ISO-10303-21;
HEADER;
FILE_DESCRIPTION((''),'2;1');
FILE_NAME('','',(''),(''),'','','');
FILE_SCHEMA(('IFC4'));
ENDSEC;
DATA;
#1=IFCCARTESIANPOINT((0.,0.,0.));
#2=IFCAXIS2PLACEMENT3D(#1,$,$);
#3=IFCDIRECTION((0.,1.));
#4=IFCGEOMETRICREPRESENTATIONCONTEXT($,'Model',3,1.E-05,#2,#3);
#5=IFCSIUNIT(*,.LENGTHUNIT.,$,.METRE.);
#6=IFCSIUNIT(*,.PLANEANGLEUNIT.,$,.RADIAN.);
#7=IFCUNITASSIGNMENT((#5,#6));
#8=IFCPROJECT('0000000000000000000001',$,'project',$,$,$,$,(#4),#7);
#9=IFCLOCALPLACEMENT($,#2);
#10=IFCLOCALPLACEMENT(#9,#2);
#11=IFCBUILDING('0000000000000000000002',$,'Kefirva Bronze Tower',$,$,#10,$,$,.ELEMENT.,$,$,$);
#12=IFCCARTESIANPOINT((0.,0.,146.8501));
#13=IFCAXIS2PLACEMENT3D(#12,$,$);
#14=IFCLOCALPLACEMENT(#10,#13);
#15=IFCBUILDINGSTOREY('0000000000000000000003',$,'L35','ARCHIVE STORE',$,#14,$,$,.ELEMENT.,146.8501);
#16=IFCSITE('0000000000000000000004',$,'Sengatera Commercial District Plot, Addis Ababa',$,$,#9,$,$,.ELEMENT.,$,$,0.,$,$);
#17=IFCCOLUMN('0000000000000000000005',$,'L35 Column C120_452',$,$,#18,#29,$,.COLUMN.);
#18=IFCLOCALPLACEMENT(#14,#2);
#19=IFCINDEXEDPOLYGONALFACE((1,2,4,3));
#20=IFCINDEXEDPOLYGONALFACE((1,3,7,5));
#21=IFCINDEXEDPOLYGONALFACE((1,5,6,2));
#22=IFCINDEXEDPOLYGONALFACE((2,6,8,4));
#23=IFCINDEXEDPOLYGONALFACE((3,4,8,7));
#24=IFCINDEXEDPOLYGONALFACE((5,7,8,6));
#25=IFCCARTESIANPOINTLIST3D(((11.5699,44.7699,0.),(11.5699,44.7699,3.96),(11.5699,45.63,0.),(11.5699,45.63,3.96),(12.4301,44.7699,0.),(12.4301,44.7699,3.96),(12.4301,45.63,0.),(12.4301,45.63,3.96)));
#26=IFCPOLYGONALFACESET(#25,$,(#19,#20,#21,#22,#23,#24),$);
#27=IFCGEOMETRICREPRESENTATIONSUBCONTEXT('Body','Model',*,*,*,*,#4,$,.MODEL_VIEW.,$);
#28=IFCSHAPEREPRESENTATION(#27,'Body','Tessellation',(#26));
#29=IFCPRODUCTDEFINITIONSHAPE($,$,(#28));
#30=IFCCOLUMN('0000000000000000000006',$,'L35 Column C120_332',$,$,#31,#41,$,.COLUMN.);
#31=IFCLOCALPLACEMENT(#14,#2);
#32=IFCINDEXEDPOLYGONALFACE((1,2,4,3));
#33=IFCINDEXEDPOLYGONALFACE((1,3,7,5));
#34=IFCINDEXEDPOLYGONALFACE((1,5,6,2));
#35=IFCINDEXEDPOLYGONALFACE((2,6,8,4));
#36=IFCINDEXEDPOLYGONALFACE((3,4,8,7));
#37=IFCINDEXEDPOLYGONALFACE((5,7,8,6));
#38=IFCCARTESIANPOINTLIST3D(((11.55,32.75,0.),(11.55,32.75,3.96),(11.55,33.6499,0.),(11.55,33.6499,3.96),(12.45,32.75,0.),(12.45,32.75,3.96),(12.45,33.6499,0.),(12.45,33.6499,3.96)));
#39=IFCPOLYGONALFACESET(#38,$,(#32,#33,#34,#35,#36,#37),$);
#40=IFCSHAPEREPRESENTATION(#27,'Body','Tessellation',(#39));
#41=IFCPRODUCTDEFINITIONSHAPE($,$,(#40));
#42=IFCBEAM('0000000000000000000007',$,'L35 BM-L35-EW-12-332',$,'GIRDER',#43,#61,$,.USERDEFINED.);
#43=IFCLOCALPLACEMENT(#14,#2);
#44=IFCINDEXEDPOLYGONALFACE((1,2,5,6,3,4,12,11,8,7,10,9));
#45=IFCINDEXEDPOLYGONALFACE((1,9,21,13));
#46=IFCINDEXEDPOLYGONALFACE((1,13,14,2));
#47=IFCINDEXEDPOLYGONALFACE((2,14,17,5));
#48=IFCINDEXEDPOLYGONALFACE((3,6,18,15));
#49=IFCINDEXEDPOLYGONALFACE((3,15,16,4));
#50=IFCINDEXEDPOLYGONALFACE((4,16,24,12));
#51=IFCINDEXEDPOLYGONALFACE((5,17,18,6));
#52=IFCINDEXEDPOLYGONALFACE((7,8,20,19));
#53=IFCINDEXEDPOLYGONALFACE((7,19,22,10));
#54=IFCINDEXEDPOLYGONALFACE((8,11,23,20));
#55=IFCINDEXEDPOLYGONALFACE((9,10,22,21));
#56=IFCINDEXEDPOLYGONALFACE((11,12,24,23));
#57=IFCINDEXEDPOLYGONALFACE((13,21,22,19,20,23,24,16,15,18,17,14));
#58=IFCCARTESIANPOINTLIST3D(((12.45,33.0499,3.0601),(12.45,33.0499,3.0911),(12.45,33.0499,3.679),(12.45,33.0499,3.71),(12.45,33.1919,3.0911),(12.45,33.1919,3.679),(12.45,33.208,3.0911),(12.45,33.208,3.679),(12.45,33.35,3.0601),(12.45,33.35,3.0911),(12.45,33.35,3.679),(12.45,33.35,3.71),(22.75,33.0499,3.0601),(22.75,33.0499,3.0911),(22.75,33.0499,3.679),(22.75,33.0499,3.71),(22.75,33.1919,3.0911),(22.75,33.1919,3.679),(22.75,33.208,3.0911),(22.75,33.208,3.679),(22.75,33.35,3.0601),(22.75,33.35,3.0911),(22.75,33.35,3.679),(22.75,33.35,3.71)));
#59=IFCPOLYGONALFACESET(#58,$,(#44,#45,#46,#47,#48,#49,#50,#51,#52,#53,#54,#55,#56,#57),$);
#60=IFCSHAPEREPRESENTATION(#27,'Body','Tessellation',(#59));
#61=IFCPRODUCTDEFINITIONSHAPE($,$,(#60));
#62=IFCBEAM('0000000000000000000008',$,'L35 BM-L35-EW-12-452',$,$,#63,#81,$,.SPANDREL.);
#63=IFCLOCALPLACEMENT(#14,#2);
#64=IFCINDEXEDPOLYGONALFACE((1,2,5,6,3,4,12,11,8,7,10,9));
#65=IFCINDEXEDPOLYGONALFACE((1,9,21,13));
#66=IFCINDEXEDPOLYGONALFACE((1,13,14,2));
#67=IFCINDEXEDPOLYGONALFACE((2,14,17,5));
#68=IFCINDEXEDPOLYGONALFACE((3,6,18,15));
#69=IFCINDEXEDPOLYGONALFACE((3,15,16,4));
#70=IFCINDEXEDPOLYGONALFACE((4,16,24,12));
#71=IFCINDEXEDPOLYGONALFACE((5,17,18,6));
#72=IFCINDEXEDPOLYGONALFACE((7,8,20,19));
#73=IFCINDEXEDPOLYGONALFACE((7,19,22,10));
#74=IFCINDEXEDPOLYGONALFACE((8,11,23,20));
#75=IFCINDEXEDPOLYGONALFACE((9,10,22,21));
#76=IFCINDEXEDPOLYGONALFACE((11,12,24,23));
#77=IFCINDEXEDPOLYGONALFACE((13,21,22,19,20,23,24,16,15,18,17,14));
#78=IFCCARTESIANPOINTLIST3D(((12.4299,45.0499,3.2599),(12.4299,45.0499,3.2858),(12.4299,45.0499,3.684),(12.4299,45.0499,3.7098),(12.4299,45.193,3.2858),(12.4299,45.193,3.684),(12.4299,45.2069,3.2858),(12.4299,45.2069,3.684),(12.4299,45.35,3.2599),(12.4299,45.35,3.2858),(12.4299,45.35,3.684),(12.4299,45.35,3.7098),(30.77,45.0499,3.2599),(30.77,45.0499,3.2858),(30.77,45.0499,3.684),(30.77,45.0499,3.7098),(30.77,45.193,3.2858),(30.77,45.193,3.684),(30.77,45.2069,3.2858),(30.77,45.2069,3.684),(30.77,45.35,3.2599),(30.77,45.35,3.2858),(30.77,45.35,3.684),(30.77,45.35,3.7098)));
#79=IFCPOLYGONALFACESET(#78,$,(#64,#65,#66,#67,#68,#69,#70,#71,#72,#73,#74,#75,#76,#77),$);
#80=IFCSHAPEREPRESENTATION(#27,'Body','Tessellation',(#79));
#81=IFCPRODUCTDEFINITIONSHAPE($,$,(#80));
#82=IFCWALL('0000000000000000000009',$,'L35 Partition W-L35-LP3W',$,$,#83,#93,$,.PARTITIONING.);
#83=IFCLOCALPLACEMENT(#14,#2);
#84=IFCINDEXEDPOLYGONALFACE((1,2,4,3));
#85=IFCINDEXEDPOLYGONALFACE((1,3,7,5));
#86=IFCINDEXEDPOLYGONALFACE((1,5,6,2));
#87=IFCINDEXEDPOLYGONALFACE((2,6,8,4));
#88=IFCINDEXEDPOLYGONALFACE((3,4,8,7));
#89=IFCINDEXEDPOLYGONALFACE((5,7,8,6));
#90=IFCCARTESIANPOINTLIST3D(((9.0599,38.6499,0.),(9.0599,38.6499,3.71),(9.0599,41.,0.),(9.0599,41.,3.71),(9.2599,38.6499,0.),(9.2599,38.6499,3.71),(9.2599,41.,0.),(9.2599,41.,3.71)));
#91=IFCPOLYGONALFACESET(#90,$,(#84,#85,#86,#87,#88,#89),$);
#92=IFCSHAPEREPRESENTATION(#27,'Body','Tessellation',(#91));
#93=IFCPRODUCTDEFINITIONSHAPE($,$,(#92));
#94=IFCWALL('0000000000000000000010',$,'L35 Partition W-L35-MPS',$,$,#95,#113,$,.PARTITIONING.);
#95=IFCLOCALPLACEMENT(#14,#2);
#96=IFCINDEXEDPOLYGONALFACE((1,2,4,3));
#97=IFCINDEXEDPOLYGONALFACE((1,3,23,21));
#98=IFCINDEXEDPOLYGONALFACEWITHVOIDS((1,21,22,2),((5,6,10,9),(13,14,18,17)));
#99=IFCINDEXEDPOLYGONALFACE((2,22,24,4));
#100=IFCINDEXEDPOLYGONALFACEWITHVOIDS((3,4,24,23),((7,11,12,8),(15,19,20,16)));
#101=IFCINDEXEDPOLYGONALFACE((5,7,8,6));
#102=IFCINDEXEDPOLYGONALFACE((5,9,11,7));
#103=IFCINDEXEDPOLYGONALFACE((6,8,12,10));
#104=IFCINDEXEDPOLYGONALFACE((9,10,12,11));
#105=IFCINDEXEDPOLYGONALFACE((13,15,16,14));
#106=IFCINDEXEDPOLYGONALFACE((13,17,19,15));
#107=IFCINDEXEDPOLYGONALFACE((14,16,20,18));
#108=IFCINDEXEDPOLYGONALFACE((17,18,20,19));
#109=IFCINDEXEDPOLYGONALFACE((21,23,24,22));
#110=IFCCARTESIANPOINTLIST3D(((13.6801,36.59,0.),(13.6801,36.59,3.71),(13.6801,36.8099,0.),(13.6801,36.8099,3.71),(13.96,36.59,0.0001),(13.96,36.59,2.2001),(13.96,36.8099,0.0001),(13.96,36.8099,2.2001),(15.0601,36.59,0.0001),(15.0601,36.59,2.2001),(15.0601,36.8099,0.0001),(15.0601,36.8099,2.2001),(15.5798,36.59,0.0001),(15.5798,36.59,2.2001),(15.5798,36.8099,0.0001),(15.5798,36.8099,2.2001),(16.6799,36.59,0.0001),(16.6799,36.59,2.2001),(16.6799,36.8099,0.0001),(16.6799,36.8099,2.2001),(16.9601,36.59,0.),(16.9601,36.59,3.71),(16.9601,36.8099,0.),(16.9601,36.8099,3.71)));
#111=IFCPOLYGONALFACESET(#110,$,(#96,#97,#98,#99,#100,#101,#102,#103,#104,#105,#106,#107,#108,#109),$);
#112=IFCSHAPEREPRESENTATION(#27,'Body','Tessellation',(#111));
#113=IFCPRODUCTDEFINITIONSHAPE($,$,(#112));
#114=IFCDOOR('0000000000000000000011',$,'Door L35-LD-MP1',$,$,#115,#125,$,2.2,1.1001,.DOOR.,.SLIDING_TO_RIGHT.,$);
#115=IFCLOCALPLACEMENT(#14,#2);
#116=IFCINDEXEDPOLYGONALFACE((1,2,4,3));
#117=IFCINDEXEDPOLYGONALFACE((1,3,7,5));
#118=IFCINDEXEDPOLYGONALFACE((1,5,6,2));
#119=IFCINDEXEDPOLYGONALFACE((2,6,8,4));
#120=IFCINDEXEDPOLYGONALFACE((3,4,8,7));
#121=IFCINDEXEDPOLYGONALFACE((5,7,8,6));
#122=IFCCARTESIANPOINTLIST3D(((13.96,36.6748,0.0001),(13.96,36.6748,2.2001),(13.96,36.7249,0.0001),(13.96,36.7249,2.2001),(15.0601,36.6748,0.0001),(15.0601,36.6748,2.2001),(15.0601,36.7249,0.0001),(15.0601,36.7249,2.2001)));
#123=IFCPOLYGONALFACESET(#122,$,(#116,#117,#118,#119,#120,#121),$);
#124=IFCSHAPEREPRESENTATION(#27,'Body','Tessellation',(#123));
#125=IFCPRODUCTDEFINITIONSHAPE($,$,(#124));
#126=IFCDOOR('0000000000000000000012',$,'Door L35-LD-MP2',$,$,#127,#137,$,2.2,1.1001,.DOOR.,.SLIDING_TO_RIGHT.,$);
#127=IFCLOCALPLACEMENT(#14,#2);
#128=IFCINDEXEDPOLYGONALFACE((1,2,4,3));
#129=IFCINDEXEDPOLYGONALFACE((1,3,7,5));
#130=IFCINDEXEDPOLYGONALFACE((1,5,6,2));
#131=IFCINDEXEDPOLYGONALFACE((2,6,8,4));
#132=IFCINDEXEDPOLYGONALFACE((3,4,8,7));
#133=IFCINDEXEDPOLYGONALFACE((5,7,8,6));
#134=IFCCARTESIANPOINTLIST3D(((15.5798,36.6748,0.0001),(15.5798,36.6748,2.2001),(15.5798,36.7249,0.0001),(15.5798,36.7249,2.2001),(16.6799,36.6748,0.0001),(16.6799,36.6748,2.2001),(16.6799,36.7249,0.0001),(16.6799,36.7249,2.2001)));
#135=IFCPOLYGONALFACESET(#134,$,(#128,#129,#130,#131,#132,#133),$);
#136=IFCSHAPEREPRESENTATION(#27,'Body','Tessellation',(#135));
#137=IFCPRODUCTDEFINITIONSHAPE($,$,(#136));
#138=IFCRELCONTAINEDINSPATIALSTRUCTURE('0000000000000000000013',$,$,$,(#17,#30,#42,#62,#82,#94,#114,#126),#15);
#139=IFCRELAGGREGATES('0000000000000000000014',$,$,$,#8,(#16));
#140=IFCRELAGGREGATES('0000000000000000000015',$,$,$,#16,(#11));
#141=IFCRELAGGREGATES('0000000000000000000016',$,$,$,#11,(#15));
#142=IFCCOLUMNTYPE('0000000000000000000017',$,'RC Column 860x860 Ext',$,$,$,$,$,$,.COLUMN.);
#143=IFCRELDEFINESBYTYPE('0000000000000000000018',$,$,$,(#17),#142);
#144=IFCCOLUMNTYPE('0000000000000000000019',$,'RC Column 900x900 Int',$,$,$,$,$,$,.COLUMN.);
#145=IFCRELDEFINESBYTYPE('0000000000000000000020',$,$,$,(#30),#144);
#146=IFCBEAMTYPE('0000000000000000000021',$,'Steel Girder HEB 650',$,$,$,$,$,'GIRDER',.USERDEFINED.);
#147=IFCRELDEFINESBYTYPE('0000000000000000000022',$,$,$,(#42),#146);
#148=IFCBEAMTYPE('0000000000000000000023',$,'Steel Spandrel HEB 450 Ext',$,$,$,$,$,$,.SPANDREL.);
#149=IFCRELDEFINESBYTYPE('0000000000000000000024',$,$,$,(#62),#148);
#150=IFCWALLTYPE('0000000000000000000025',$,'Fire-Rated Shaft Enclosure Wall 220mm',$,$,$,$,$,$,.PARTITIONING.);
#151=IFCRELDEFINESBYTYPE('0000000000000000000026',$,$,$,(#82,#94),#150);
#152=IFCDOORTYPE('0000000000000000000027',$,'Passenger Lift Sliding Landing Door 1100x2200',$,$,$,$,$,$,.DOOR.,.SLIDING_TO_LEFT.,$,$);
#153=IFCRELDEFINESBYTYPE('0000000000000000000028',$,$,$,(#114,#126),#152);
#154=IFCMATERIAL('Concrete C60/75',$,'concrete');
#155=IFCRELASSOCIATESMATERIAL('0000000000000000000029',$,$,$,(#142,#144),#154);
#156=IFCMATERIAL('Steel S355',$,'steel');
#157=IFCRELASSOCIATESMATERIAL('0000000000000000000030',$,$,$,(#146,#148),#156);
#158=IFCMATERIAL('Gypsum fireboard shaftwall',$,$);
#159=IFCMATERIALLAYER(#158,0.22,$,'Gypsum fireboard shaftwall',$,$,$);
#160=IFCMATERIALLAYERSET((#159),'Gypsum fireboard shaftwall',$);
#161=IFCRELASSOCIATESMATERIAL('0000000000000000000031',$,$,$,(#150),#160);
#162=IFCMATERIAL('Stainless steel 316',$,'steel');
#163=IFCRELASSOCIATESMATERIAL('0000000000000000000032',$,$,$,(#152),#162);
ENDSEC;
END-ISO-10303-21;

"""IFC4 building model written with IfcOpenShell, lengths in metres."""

from ifc_helpers import new_model, si_unit, direction, frame, frame_2d, origin, origin_2d, place, context, subcontext, project, spatial, rectangle, i_section, extrude, material, layer, layer_set, material_profile, profile_set, type_object, element, fill, save


model = new_model("IFC4")

# Units and contexts
model_context = context("Model", 3, precision=1e-05, world=origin(), true_north=direction((0.0, 1.0)))
body_context = subcontext(model_context, "Body", "Model", "MODEL_VIEW")
ifc_project = project(units=[si_unit("LENGTHUNIT", "METRE"), si_unit("PLANEANGLEUNIT", "RADIAN")], contexts=[model_context])

# Site, building, storey
site_placement = place(None, origin())
site = spatial("IfcSite", under=ifc_project, at=site_placement, Name="Sengatera Commercial District Plot, Addis Ababa", CompositionType="ELEMENT", RefElevation=0.0)
building_placement = place(site_placement, origin())
building = spatial("IfcBuilding", under=site, at=building_placement, Name="Kefirva Bronze Tower", CompositionType="ELEMENT")
storey_placement = place(building_placement, frame((0.0, 0.0, 146.8501)))
storey = spatial("IfcBuildingStorey", under=building, at=storey_placement, Name="L35", Description="ARCHIVE STORE", CompositionType="ELEMENT", Elevation=146.8501)

# Columns
ifc_material_1 = material(Name="Concrete C60/75", Category="concrete")
ifc_material_profile_1 = material_profile(ifc_material_1, rectangle(XDim=0.8601, YDim=0.8601, at=origin_2d()), Name="RC 860x860")
ifc_profile_set_1 = profile_set([ifc_material_profile_1], Name="Concrete C60/75")
column_type_1 = type_object("IfcColumnType", Name="RC Column 860x860 Ext", PredefinedType="COLUMN", material=ifc_profile_set_1)
column_1_placement = place(storey_placement, frame((12.0, 45.2, 0.0), z_axis=(0.0, 0.0, 1.0), x_axis=(1.0, 0.0, 0.0)))
element("IfcColumn", 1, at=column_1_placement, inside=storey, type_object=column_type_1, Name="L35 Column C120_452", PredefinedType="COLUMN", context=body_context, shape_type="SweptSolid", body=[
    extrude(rectangle(XDim=0.8601, YDim=0.8601, at=origin_2d()), origin(), (0.0, 0.0, 1.0), 3.96),
])
ifc_material_profile_2 = material_profile(ifc_material_1, rectangle(XDim=0.8999, YDim=0.8999, at=origin_2d()), Name="RC 900x900")
ifc_profile_set_2 = profile_set([ifc_material_profile_2], Name="Concrete C60/75")
column_type_2 = type_object("IfcColumnType", Name="RC Column 900x900 Int", PredefinedType="COLUMN", material=ifc_profile_set_2)
column_2_placement = place(storey_placement, frame((12.0, 33.2, 0.0), z_axis=(0.0, 0.0, 1.0), x_axis=(1.0, 0.0, 0.0)))
element("IfcColumn", 2, at=column_2_placement, inside=storey, type_object=column_type_2, Name="L35 Column C120_332", PredefinedType="COLUMN", context=body_context, shape_type="SweptSolid", body=[
    extrude(rectangle(XDim=0.8999, YDim=0.8999, at=origin_2d()), origin(), (0.0, 0.0, 1.0), 3.96),
])

# Beams
ifc_material_2 = material(Name="Steel S355", Category="steel")
ifc_material_profile_3 = material_profile(ifc_material_2, i_section(OverallWidth=0.3, OverallDepth=0.6499, WebThickness=0.0161, FlangeThickness=0.031, at=origin_2d()), Name="HEB 650")
ifc_profile_set_3 = profile_set([ifc_material_profile_3], Name="Steel S355")
beam_type_1 = type_object("IfcBeamType", Name="Steel Girder HEB 650", ElementType="GIRDER", PredefinedType="USERDEFINED", material=ifc_profile_set_3)
beam_1_placement = place(storey_placement, frame((12.45, 33.2, 3.385), z_axis=(1.0, 0.0, 0.0), x_axis=(0.0, 1.0, 0.0)))
element("IfcBeam", 3, at=beam_1_placement, inside=storey, type_object=beam_type_1, Name="L35 BM-L35-EW-12-332", ObjectType="GIRDER", PredefinedType="USERDEFINED", context=body_context, shape_type="SweptSolid", body=[
    extrude(i_section(OverallWidth=0.3, OverallDepth=0.6499, WebThickness=0.0161, FlangeThickness=0.031, at=origin_2d()), origin(), (0.0, 0.0, 1.0), 10.3),
])
ifc_material_profile_4 = material_profile(ifc_material_2, i_section(OverallWidth=0.3, OverallDepth=0.45, WebThickness=0.0139, FlangeThickness=0.0259, at=origin_2d()), Name="HEB 450")
ifc_profile_set_4 = profile_set([ifc_material_profile_4], Name="Steel S355")
beam_type_2 = type_object("IfcBeamType", Name="Steel Spandrel HEB 450 Ext", PredefinedType="SPANDREL", material=ifc_profile_set_4)
beam_2_placement = place(storey_placement, frame((12.4299, 45.2, 3.4849), z_axis=(1.0, 0.0, 0.0), x_axis=(0.0, 1.0, 0.0)))
element("IfcBeam", 4, at=beam_2_placement, inside=storey, type_object=beam_type_2, Name="L35 BM-L35-EW-12-452", PredefinedType="SPANDREL", context=body_context, shape_type="SweptSolid", body=[
    extrude(i_section(OverallWidth=0.3, OverallDepth=0.45, WebThickness=0.0139, FlangeThickness=0.0259, at=origin_2d()), origin(), (0.0, 0.0, 1.0), 18.3401),
])

# Wall
ifc_material_3 = material(Name="Gypsum fireboard shaftwall")
ifc_layer_1 = layer(ifc_material_3, 0.22, Name="Gypsum fireboard shaftwall")
ifc_layer_set_1 = layer_set([ifc_layer_1], Name="Gypsum fireboard shaftwall")
wall_type_1 = type_object("IfcWallType", Name="Fire-Rated Shaft Enclosure Wall 220mm", PredefinedType="PARTITIONING", material=ifc_layer_set_1)
wall_1_placement = place(storey_placement, frame((9.1599, 38.6499, 0.0), z_axis=(0.0, 0.0, 1.0), x_axis=(0.0, 1.0, 0.0)))
element("IfcWall", 5, at=wall_1_placement, inside=storey, type_object=wall_type_1, Name="L35 Partition W-L35-LP3W", PredefinedType="PARTITIONING", context=body_context, shape_type="SweptSolid", body=[
    extrude(rectangle(XDim=2.3501, YDim=0.2, at=frame_2d((1.175, 0.0))), origin(), (0.0, 0.0, 1.0), 3.71),
])

# Wall, openings, doors
wall_2_placement = place(storey_placement, frame((13.6799, 36.7, 0.0), z_axis=(0.0, 0.0, 1.0), x_axis=(1.0, 0.0, 0.0)))
wall_2 = element("IfcWall", 6, at=wall_2_placement, inside=storey, type_object=wall_type_1, Name="L35 Partition W-L35-MPS", PredefinedType="PARTITIONING", context=body_context, shape_type="SweptSolid", body=[
    extrude(rectangle(XDim=3.28, YDim=0.22, at=frame_2d((1.6401, 0.0))), origin(), (0.0, 0.0, 1.0), 3.71),
])
opening_1_placement = place(wall_2_placement, frame((0.28, 0.0, 0.0)))
opening_1 = element("IfcOpeningElement", 7, at=opening_1_placement, cuts=wall_2, PredefinedType="OPENING", context=body_context, shape_type="SweptSolid", body=[
    extrude(rectangle(XDim=1.1001, YDim=2.2, at=frame_2d((0.55, 1.1001))), frame((0.0, 0.1201, 0.0), z_axis=(0.0, -1.0, 0.0), x_axis=(1.0, 0.0, 0.0)), (0.0, 0.0, 1.0), 0.24),
])
opening_2_placement = place(wall_2_placement, frame((1.8999, 0.0, 0.0)))
opening_2 = element("IfcOpeningElement", 8, at=opening_2_placement, cuts=wall_2, PredefinedType="OPENING", context=body_context, shape_type="SweptSolid", body=[
    extrude(rectangle(XDim=1.1001, YDim=2.2, at=frame_2d((0.55, 1.1001))), frame((0.0, 0.1201, 0.0), z_axis=(0.0, -1.0, 0.0), x_axis=(1.0, 0.0, 0.0)), (0.0, 0.0, 1.0), 0.24),
])
ifc_material_4 = material(Name="Stainless steel 316", Category="steel")
door_type_1 = type_object("IfcDoorType", Name="Passenger Lift Sliding Landing Door 1100x2200", OperationType="SLIDING_TO_LEFT", PredefinedType="DOOR", material=ifc_material_4)
door_1_placement = place(opening_1_placement, origin())
door_1 = element("IfcDoor", 9, at=door_1_placement, inside=storey, type_object=door_type_1, Name="Door L35-LD-MP1", OperationType="SLIDING_TO_RIGHT", OverallHeight=2.2, OverallWidth=1.1001, PredefinedType="DOOR", context=body_context, shape_type="SweptSolid", body=[
    extrude(rectangle(XDim=1.1001, YDim=2.2, at=frame_2d((0.55, 1.1001))), frame((0.0, 0.0249, 0.0), z_axis=(0.0, -1.0, 0.0), x_axis=(1.0, 0.0, 0.0)), (0.0, 0.0, 1.0), 0.05),
])
fill(opening_1, door_1)
door_2_placement = place(opening_2_placement, origin())
door_2 = element("IfcDoor", 10, at=door_2_placement, inside=storey, type_object=door_type_1, Name="Door L35-LD-MP2", OperationType="SLIDING_TO_RIGHT", OverallHeight=2.2, OverallWidth=1.1001, PredefinedType="DOOR", context=body_context, shape_type="SweptSolid", body=[
    extrude(rectangle(XDim=1.1001, YDim=2.2, at=frame_2d((0.55, 1.1001))), frame((0.0, 0.0249, 0.0), z_axis=(0.0, -1.0, 0.0), x_axis=(1.0, 0.0, 0.0)), (0.0, 0.0, 1.0), 0.05),
])
fill(opening_2, door_2)

save(model, "model.ifc")
